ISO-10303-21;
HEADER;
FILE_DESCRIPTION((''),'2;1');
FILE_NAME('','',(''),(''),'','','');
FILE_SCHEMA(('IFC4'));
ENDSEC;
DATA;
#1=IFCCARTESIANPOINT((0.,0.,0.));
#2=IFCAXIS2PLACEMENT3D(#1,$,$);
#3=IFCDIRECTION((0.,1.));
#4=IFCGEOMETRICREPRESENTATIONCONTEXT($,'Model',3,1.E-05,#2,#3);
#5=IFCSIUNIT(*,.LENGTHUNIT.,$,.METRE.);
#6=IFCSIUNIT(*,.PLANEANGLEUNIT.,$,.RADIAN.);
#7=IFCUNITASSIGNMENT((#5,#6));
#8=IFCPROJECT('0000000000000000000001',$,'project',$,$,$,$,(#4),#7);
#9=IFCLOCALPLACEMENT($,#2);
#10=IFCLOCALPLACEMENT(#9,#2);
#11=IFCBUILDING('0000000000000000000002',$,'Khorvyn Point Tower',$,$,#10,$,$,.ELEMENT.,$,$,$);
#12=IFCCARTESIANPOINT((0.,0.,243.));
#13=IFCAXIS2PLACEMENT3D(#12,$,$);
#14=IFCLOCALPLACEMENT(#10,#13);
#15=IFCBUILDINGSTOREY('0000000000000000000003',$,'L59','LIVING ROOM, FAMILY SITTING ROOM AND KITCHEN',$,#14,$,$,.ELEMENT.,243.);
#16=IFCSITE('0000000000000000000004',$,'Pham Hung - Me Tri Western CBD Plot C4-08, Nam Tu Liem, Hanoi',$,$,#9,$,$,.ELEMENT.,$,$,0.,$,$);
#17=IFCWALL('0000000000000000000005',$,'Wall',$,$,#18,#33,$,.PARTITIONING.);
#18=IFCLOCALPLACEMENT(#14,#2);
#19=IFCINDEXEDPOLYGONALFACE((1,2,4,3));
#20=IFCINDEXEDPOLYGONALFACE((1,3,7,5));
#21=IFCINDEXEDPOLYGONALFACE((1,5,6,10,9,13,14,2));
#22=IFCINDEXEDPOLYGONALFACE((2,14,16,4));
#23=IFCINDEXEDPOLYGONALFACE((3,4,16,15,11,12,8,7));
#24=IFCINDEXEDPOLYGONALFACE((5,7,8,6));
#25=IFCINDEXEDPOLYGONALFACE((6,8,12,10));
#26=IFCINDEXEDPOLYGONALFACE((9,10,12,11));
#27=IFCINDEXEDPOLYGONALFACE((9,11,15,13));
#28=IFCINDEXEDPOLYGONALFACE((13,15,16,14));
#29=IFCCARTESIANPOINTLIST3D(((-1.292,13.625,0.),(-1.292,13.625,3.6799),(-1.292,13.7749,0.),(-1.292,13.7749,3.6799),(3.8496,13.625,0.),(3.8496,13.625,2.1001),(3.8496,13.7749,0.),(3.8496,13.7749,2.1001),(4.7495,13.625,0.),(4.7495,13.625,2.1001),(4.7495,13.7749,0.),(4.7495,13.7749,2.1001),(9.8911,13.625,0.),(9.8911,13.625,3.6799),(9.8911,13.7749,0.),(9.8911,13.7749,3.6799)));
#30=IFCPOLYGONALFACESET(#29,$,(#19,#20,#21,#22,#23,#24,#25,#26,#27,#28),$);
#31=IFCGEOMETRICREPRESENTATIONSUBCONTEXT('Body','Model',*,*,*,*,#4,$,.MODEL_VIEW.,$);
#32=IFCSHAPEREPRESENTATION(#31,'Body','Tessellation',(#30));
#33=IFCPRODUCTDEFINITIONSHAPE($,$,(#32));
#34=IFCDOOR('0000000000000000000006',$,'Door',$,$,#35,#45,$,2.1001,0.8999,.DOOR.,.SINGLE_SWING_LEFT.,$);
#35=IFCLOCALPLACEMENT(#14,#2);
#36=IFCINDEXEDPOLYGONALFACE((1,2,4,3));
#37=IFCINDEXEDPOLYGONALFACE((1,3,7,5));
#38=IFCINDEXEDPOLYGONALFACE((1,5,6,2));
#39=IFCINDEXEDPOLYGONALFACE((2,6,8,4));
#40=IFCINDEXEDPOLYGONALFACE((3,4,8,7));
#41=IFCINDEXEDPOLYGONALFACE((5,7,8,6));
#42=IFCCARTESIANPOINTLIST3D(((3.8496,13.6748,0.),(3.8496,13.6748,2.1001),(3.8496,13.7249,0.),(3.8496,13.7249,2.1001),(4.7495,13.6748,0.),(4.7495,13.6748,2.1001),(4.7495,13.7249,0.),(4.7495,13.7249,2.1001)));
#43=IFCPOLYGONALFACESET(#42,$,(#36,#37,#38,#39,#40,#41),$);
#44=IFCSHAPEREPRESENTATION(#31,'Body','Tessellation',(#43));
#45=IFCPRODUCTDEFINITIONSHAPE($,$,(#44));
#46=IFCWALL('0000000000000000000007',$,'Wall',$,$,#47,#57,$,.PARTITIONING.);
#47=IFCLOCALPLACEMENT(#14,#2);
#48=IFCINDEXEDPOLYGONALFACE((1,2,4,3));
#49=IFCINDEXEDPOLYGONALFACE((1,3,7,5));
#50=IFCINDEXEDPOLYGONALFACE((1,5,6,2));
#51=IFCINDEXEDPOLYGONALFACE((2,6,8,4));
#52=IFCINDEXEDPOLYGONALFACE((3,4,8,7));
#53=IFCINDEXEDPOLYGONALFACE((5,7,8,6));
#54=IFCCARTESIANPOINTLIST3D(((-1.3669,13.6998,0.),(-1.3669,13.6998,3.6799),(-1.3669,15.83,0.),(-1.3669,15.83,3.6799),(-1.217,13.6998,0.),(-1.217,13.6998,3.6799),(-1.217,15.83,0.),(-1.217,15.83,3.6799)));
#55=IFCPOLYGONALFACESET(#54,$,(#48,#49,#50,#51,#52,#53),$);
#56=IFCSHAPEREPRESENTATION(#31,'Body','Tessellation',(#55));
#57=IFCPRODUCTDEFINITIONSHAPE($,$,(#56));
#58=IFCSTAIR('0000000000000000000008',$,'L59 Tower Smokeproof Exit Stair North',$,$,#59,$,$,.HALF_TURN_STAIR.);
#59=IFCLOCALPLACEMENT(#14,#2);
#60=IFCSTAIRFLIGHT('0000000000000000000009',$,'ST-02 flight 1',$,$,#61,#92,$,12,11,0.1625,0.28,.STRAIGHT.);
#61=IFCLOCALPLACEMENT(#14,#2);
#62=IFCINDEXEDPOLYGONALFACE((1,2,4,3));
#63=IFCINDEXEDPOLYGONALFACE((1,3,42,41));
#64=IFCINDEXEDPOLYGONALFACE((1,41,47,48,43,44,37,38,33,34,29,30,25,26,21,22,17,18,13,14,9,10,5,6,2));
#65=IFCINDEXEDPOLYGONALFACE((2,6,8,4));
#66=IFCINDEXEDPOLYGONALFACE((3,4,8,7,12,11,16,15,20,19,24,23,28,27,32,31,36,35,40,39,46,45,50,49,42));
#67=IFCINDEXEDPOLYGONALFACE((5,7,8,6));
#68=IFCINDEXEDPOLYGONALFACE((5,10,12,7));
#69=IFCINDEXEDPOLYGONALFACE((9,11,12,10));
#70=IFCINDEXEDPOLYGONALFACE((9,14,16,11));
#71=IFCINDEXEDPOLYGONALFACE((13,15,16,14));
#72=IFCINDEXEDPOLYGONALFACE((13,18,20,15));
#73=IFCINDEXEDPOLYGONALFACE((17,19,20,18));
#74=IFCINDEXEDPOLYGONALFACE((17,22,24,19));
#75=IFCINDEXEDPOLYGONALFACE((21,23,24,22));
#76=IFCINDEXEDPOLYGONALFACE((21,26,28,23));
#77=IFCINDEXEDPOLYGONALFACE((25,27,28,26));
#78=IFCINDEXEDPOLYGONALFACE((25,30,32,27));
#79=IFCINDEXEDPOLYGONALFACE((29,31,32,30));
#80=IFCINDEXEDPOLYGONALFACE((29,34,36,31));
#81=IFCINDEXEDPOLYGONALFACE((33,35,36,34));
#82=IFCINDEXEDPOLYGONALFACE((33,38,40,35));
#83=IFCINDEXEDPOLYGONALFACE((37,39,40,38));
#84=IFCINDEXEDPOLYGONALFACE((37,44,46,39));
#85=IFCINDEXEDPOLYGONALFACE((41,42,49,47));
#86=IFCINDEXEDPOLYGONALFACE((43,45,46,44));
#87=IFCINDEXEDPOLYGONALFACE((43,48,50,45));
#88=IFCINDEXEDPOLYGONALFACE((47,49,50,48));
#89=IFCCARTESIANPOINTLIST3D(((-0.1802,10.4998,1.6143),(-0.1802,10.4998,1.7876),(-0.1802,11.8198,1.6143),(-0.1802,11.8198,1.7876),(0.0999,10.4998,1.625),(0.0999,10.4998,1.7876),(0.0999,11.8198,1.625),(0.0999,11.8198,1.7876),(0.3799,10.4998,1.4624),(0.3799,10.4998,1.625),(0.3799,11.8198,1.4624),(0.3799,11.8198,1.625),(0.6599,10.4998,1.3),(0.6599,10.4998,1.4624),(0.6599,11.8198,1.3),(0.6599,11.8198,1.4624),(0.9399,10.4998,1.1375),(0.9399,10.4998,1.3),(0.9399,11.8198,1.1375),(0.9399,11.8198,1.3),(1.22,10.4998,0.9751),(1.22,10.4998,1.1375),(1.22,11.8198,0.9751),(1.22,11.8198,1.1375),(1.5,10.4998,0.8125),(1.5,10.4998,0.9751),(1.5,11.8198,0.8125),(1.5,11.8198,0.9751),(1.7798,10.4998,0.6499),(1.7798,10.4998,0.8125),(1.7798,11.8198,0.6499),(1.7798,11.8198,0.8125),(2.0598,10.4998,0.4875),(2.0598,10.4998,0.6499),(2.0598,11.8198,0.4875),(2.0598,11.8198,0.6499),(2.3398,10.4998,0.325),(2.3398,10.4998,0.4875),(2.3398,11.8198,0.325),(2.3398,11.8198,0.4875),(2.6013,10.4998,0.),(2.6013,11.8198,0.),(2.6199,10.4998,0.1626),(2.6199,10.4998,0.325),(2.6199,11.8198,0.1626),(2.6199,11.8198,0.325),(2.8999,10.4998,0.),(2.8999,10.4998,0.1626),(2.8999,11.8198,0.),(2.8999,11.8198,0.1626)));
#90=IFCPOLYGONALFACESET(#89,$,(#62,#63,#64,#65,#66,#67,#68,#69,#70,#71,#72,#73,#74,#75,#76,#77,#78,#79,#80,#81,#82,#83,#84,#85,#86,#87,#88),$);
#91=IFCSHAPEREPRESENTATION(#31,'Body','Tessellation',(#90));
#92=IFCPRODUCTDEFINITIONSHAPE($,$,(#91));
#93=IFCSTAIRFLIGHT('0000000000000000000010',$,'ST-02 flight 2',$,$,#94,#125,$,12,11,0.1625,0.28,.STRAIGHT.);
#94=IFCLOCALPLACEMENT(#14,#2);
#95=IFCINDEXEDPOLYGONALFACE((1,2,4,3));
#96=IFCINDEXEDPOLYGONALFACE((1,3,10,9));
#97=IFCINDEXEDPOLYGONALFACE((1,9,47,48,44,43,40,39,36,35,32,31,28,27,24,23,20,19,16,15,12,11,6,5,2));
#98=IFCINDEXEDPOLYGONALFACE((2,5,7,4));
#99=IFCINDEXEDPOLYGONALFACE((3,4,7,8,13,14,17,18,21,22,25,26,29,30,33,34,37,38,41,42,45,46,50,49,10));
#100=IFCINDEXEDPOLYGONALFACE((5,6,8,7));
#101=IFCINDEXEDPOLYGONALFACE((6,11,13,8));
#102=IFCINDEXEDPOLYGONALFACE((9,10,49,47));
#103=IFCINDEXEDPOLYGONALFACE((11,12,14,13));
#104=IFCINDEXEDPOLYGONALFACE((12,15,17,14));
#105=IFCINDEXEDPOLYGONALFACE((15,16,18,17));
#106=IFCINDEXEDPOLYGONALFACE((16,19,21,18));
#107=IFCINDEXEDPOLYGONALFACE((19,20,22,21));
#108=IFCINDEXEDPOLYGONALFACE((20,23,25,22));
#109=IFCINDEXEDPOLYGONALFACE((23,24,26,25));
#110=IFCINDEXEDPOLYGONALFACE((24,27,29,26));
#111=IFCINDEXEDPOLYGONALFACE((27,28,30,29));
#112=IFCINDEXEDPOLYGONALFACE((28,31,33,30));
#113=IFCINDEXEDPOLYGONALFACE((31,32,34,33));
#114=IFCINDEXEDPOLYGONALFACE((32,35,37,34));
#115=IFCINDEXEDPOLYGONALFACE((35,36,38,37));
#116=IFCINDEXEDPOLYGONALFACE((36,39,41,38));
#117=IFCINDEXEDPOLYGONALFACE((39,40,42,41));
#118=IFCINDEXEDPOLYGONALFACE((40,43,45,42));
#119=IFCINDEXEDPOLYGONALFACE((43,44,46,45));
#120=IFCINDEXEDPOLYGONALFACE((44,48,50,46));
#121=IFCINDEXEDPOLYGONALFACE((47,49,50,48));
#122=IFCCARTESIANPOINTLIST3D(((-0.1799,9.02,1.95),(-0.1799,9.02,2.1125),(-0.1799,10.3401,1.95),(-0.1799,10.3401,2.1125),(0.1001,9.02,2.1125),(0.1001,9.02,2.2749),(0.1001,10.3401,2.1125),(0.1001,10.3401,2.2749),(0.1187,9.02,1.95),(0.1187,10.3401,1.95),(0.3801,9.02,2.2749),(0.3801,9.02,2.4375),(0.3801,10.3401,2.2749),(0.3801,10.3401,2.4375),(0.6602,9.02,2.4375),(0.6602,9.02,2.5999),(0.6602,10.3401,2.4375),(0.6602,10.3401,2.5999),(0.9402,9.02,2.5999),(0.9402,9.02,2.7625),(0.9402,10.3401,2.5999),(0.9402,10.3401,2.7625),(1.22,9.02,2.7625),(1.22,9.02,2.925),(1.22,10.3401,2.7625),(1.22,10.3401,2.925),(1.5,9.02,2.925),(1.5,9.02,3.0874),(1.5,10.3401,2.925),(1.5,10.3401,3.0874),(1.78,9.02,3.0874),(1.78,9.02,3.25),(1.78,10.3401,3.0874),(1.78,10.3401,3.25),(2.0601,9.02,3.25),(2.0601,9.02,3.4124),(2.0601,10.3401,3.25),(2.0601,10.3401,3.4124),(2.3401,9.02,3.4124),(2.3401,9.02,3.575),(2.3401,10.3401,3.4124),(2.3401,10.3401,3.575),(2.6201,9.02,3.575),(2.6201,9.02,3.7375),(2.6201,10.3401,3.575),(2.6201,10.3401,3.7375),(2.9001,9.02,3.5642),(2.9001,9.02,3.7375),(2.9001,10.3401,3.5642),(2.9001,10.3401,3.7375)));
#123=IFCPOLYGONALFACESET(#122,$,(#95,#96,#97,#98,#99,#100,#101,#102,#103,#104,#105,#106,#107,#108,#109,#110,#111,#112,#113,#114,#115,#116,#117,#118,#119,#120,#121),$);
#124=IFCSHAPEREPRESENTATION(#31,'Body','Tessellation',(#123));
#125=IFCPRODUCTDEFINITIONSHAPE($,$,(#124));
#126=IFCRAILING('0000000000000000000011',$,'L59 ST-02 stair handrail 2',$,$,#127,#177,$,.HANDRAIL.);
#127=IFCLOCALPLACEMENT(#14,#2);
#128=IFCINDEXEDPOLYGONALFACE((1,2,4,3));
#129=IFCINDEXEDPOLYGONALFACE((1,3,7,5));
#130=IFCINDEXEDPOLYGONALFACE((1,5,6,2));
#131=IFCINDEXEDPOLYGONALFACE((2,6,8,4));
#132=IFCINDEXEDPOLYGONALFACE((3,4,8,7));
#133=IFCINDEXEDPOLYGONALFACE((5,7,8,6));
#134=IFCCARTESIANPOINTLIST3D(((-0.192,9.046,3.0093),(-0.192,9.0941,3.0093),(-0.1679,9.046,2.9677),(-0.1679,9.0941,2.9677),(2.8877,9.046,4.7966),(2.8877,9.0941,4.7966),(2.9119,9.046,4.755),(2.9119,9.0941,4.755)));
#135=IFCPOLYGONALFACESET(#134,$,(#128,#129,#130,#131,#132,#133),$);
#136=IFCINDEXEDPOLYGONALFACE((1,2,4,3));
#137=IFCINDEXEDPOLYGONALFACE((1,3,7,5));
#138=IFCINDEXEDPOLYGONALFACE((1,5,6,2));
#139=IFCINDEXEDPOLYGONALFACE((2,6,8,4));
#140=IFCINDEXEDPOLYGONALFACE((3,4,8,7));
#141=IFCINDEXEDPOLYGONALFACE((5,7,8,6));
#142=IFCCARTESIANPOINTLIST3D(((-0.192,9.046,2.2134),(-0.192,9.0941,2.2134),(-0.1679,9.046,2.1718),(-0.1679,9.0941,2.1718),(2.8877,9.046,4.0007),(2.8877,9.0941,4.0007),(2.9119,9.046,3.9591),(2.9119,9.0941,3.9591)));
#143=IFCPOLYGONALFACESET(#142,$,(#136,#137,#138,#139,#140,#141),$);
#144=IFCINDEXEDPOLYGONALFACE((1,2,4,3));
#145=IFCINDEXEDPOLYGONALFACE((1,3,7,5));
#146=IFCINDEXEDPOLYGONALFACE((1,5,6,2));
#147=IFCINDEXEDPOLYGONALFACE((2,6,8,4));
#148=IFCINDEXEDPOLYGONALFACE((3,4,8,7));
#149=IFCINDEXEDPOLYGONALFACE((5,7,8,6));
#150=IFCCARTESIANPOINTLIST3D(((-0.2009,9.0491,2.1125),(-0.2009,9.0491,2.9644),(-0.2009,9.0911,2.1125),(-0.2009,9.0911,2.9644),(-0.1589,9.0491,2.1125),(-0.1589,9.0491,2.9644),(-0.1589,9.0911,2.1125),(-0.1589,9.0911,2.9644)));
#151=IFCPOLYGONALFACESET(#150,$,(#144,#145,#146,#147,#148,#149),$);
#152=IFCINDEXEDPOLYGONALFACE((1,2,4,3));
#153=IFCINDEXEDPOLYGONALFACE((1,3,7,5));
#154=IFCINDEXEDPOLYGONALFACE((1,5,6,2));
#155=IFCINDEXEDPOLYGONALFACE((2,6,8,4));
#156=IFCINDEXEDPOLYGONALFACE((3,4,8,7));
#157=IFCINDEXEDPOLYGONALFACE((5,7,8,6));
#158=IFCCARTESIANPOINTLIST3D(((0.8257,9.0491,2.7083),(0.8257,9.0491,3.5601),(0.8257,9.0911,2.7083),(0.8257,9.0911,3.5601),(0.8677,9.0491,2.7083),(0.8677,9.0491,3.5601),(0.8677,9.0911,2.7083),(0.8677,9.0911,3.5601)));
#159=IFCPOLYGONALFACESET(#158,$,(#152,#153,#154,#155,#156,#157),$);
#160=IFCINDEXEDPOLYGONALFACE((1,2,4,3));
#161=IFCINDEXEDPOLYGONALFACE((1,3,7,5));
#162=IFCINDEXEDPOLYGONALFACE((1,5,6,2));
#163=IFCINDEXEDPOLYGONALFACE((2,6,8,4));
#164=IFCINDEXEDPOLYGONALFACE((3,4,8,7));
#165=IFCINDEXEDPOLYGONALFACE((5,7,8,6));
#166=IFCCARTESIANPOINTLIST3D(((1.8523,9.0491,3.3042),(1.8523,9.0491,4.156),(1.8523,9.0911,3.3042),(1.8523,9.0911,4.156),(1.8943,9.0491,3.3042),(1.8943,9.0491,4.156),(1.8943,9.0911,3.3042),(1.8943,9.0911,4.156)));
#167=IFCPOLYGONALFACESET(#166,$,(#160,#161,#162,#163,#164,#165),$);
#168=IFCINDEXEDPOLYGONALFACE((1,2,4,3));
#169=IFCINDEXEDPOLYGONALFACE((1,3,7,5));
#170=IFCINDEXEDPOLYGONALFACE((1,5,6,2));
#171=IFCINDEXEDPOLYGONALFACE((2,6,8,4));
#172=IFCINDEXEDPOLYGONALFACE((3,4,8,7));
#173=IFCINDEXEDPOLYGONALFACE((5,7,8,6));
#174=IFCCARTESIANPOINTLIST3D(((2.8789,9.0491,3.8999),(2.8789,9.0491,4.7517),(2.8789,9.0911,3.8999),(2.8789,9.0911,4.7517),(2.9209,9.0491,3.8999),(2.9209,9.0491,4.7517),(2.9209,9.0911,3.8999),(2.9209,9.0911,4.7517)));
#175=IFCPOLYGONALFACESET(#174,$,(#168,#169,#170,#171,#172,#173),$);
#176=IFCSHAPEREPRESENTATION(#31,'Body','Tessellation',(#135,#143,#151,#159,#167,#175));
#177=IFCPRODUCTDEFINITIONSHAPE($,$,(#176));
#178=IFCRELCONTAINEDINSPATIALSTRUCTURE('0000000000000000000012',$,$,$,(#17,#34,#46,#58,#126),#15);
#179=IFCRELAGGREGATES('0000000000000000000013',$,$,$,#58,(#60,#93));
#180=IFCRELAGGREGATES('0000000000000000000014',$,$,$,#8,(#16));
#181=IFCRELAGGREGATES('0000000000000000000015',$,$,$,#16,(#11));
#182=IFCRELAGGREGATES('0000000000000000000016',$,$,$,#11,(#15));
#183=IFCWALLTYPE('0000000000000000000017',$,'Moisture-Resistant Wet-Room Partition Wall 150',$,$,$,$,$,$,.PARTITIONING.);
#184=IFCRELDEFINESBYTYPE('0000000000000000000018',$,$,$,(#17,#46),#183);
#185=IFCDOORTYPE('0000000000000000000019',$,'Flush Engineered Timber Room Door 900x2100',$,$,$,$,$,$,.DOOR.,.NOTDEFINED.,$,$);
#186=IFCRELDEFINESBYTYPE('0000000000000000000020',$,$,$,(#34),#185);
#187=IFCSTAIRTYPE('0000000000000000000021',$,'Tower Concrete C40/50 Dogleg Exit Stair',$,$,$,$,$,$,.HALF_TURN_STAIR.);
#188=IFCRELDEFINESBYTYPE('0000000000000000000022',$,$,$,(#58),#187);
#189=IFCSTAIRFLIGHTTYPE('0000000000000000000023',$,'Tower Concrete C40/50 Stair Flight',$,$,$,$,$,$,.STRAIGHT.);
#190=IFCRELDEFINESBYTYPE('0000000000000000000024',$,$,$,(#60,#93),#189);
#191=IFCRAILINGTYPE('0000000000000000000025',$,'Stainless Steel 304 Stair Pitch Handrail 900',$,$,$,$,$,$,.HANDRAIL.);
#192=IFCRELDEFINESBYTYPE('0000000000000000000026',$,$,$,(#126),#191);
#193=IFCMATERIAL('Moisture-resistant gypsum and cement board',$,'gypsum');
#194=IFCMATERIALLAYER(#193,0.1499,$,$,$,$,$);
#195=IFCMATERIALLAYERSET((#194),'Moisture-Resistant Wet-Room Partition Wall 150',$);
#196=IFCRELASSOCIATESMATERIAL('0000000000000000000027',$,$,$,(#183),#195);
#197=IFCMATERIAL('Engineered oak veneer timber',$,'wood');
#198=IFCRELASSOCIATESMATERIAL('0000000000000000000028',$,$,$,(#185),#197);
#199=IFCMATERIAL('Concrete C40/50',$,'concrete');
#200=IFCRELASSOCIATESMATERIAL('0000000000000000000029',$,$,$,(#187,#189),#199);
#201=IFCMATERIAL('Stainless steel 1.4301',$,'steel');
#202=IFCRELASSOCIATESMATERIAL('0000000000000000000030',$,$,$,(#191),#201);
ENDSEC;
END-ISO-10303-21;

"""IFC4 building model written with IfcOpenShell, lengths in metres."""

from ifc_helpers import new_model, si_unit, direction, frame, frame_2d, origin, origin_2d, place, context, subcontext, project, spatial, polyline, rectangle, outline, extrude, material, layer, layer_set, type_object, element, fill, aggregate, save


model = new_model("IFC4")

# Units and contexts
model_context = context("Model", 3, precision=1e-05, world=origin(), true_north=direction((0.0, 1.0)))
body_context = subcontext(model_context, "Body", "Model", "MODEL_VIEW")
ifc_project = project(units=[si_unit("LENGTHUNIT", "METRE"), si_unit("PLANEANGLEUNIT", "RADIAN")], contexts=[model_context])

# Site, building, storey
site_placement = place(None, origin())
site = spatial("IfcSite", under=ifc_project, at=site_placement, Name="Pham Hung - Me Tri Western CBD Plot C4-08, Nam Tu Liem, Hanoi", CompositionType="ELEMENT", RefElevation=0.0)
building_placement = place(site_placement, origin())
building = spatial("IfcBuilding", under=site, at=building_placement, Name="Khorvyn Point Tower", CompositionType="ELEMENT")
storey_placement = place(building_placement, frame((0.0, 0.0, 243.0)))
storey = spatial("IfcBuildingStorey", under=building, at=storey_placement, Name="L59", Description="LIVING ROOM, FAMILY SITTING ROOM AND KITCHEN", CompositionType="ELEMENT", Elevation=243.0)

# Shared definitions
ifc_material_1 = material(Name="Concrete C40/50", Category="concrete")

# Wall, opening, door
ifc_material_2 = material(Name="Moisture-resistant gypsum and cement board", Category="gypsum")
ifc_layer_1 = layer(ifc_material_2, 0.1499)
ifc_layer_set_1 = layer_set([ifc_layer_1], Name="Moisture-Resistant Wet-Room Partition Wall 150")
wall_type_1 = type_object("IfcWallType", Name="Moisture-Resistant Wet-Room Partition Wall 150", PredefinedType="PARTITIONING", material=ifc_layer_set_1)
wall_1_placement = place(storey_placement, frame((-1.292, 13.7, 0.0), z_axis=(0.0, 0.0, 1.0), x_axis=(1.0, 0.0, 0.0)))
wall_1 = element("IfcWall", 1, at=wall_1_placement, inside=storey, type_object=wall_type_1, Name="Wall", PredefinedType="PARTITIONING", context=body_context, shape_type="SweptSolid", body=[
    extrude(rectangle(XDim=11.1831, YDim=0.1499, at=frame_2d((5.5916, 0.0))), origin(), (0.0, 0.0, 1.0), 3.6799),
])
opening_placement = place(wall_1_placement, frame((5.1416, 0.0, 0.0)))
opening = element("IfcOpeningElement", 2, at=opening_placement, cuts=wall_1, PredefinedType="OPENING", context=body_context, shape_type="SweptSolid", body=[
    extrude(rectangle(XDim=0.8999, YDim=2.1001, at=frame_2d((0.45, 1.05))), frame((0.0, 0.085, 0.0), z_axis=(0.0, -1.0, 0.0), x_axis=(1.0, 0.0, 0.0)), (0.0, 0.0, 1.0), 0.1699),
])
ifc_material_3 = material(Name="Engineered oak veneer timber", Category="wood")
door_type = type_object("IfcDoorType", Name="Flush Engineered Timber Room Door 900x2100", OperationType="NOTDEFINED", PredefinedType="DOOR", material=ifc_material_3)
door_placement = place(opening_placement, origin())
door = element("IfcDoor", 3, at=door_placement, inside=storey, type_object=door_type, Name="Door", OperationType="SINGLE_SWING_LEFT", OverallHeight=2.1001, OverallWidth=0.8999, PredefinedType="DOOR", context=body_context, shape_type="SweptSolid", body=[
    extrude(rectangle(XDim=0.8999, YDim=2.1001, at=frame_2d((0.45, 1.05))), frame((0.0, 0.0249, 0.0), z_axis=(0.0, -1.0, 0.0), x_axis=(1.0, 0.0, 0.0)), (0.0, 0.0, 1.0), 0.05),
])
fill(opening, door)

# Wall
wall_2_placement = place(storey_placement, frame((-1.292, 13.7, 0.0), z_axis=(0.0, 0.0, 1.0), x_axis=(0.0, 1.0, 0.0)))
element("IfcWall", 4, at=wall_2_placement, inside=storey, type_object=wall_type_1, Name="Wall", PredefinedType="PARTITIONING", context=body_context, shape_type="SweptSolid", body=[
    extrude(rectangle(XDim=2.1301, YDim=0.1499, at=frame_2d((1.0649, 0.0))), origin(), (0.0, 0.0, 1.0), 3.6799),
])

# Stair, stair flights
stair_type = type_object("IfcStairType", Name="Tower Concrete C40/50 Dogleg Exit Stair", PredefinedType="HALF_TURN_STAIR", material=ifc_material_1)
stair_placement = place(storey_placement, origin())
stair = element("IfcStair", 5, at=stair_placement, inside=storey, type_object=stair_type, Name="L59 Tower Smokeproof Exit Stair North", PredefinedType="HALF_TURN_STAIR")
stair_flight_type = type_object("IfcStairFlightType", Name="Tower Concrete C40/50 Stair Flight", PredefinedType="STRAIGHT", material=ifc_material_1)
stair_flight_1_placement = place(storey_placement, frame((2.8999, 11.1599, 0.0), z_axis=(0.0, 0.0, 1.0), x_axis=(-1.0, 0.0, 0.0)))
stair_flight_1 = element("IfcStairFlight", 6, at=stair_flight_1_placement, type_object=stair_flight_type, Name="ST-02 flight 1", NumberOfRisers=12, NumberOfTreads=11, PredefinedType="STRAIGHT", RiserHeight=0.1625, TreadLength=0.28, context=body_context, shape_type="SweptSolid", body=[
    extrude(outline(polyline([(0.0, 0.0), (0.0, 0.1626), (0.28, 0.1626), (0.28, 0.325), (0.5601, 0.325), (0.5601, 0.4875), (0.8401, 0.4875), (0.8401, 0.6499), (1.1201, 0.6499), (1.1201, 0.8125), (1.3999, 0.8125), (1.3999, 0.9751), (1.6799, 0.9751), (1.6799, 1.1375), (1.96, 1.1375), (1.96, 1.3), (2.24, 1.3), (2.24, 1.4624), (2.52, 1.4624), (2.52, 1.625), (2.8, 1.625), (2.8, 1.7876), (3.0801, 1.7876), (3.0801, 1.95), (3.0801, 1.6143), (0.2986, 0.0), (0.0, 0.0)])), frame((0.0, 0.6602, 0.0), z_axis=(0.0, -1.0, 0.0), x_axis=(1.0, 0.0, 0.0)), (0.0, 0.0, 1.0), 1.3201),
])
stair_flight_2_placement = place(storey_placement, frame((-0.1799, 9.6799, 1.95), z_axis=(0.0, 0.0, 1.0), x_axis=(1.0, 0.0, 0.0)))
stair_flight_2 = element("IfcStairFlight", 7, at=stair_flight_2_placement, type_object=stair_flight_type, Name="ST-02 flight 2", NumberOfRisers=12, NumberOfTreads=11, PredefinedType="STRAIGHT", RiserHeight=0.1625, TreadLength=0.28, context=body_context, shape_type="SweptSolid", body=[
    extrude(outline(polyline([(0.0, 0.0), (0.0, 0.1626), (0.28, 0.1626), (0.28, 0.325), (0.5601, 0.325), (0.5601, 0.4875), (0.8401, 0.4875), (0.8401, 0.6499), (1.1201, 0.6499), (1.1201, 0.8125), (1.3999, 0.8125), (1.3999, 0.9751), (1.6799, 0.9751), (1.6799, 1.1375), (1.96, 1.1375), (1.96, 1.3), (2.24, 1.3), (2.24, 1.4624), (2.52, 1.4624), (2.52, 1.625), (2.8, 1.625), (2.8, 1.7876), (3.0801, 1.7876), (3.0801, 1.95), (3.0801, 1.6143), (0.2986, 0.0), (0.0, 0.0)])), frame((0.0, 0.6602, 0.0), z_axis=(0.0, -1.0, 0.0), x_axis=(1.0, 0.0, 0.0)), (0.0, 0.0, 1.0), 1.3201),
])
aggregate(stair, [stair_flight_1, stair_flight_2])

# Railing
ifc_material_4 = material(Name="Stainless steel 1.4301", Category="steel")
railing_type_1 = type_object("IfcRailingType", Name="Stainless Steel 304 Stair Pitch Handrail 900", PredefinedType="HANDRAIL", material=ifc_material_4)
railing_1_placement = place(storey_placement, frame((-0.1799, 9.0701, 2.1125)))
element("IfcRailing", 8, at=railing_1_placement, inside=storey, type_object=railing_type_1, Name="L59 ST-02 stair handrail 2", PredefinedType="HANDRAIL", context=body_context, shape_type="SweptSolid", body=[
    extrude(rectangle(XDim=0.0481, YDim=0.0481, at=origin_2d()), frame((0.0, 0.0, 0.876), z_axis=(0.864903, 0.0, 0.501939), x_axis=(0.0, 1.0, 0.0)), (0.0, 0.0, 1.0), 3.5608),
    extrude(rectangle(XDim=0.0481, YDim=0.0481, at=origin_2d()), frame((0.0, 0.0, 0.0801), z_axis=(0.864903, 0.0, 0.501939), x_axis=(0.0, 1.0, 0.0)), (0.0, 0.0, 1.0), 3.5608),
    extrude(rectangle(XDim=0.042, YDim=0.042, at=origin_2d()), origin(), (0.0, 0.0, 1.0), 0.8518),
    extrude(rectangle(XDim=0.042, YDim=0.042, at=origin_2d()), frame((1.0266, 0.0, 0.5957)), (0.0, 0.0, 1.0), 0.8518),
    extrude(rectangle(XDim=0.042, YDim=0.042, at=origin_2d()), frame((2.0532, 0.0, 1.1917)), (0.0, 0.0, 1.0), 0.8518),
    extrude(rectangle(XDim=0.042, YDim=0.042, at=origin_2d()), frame((3.0798, 0.0, 1.7874)), (0.0, 0.0, 1.0), 0.8518),
])

save(model, "model.ifc")
